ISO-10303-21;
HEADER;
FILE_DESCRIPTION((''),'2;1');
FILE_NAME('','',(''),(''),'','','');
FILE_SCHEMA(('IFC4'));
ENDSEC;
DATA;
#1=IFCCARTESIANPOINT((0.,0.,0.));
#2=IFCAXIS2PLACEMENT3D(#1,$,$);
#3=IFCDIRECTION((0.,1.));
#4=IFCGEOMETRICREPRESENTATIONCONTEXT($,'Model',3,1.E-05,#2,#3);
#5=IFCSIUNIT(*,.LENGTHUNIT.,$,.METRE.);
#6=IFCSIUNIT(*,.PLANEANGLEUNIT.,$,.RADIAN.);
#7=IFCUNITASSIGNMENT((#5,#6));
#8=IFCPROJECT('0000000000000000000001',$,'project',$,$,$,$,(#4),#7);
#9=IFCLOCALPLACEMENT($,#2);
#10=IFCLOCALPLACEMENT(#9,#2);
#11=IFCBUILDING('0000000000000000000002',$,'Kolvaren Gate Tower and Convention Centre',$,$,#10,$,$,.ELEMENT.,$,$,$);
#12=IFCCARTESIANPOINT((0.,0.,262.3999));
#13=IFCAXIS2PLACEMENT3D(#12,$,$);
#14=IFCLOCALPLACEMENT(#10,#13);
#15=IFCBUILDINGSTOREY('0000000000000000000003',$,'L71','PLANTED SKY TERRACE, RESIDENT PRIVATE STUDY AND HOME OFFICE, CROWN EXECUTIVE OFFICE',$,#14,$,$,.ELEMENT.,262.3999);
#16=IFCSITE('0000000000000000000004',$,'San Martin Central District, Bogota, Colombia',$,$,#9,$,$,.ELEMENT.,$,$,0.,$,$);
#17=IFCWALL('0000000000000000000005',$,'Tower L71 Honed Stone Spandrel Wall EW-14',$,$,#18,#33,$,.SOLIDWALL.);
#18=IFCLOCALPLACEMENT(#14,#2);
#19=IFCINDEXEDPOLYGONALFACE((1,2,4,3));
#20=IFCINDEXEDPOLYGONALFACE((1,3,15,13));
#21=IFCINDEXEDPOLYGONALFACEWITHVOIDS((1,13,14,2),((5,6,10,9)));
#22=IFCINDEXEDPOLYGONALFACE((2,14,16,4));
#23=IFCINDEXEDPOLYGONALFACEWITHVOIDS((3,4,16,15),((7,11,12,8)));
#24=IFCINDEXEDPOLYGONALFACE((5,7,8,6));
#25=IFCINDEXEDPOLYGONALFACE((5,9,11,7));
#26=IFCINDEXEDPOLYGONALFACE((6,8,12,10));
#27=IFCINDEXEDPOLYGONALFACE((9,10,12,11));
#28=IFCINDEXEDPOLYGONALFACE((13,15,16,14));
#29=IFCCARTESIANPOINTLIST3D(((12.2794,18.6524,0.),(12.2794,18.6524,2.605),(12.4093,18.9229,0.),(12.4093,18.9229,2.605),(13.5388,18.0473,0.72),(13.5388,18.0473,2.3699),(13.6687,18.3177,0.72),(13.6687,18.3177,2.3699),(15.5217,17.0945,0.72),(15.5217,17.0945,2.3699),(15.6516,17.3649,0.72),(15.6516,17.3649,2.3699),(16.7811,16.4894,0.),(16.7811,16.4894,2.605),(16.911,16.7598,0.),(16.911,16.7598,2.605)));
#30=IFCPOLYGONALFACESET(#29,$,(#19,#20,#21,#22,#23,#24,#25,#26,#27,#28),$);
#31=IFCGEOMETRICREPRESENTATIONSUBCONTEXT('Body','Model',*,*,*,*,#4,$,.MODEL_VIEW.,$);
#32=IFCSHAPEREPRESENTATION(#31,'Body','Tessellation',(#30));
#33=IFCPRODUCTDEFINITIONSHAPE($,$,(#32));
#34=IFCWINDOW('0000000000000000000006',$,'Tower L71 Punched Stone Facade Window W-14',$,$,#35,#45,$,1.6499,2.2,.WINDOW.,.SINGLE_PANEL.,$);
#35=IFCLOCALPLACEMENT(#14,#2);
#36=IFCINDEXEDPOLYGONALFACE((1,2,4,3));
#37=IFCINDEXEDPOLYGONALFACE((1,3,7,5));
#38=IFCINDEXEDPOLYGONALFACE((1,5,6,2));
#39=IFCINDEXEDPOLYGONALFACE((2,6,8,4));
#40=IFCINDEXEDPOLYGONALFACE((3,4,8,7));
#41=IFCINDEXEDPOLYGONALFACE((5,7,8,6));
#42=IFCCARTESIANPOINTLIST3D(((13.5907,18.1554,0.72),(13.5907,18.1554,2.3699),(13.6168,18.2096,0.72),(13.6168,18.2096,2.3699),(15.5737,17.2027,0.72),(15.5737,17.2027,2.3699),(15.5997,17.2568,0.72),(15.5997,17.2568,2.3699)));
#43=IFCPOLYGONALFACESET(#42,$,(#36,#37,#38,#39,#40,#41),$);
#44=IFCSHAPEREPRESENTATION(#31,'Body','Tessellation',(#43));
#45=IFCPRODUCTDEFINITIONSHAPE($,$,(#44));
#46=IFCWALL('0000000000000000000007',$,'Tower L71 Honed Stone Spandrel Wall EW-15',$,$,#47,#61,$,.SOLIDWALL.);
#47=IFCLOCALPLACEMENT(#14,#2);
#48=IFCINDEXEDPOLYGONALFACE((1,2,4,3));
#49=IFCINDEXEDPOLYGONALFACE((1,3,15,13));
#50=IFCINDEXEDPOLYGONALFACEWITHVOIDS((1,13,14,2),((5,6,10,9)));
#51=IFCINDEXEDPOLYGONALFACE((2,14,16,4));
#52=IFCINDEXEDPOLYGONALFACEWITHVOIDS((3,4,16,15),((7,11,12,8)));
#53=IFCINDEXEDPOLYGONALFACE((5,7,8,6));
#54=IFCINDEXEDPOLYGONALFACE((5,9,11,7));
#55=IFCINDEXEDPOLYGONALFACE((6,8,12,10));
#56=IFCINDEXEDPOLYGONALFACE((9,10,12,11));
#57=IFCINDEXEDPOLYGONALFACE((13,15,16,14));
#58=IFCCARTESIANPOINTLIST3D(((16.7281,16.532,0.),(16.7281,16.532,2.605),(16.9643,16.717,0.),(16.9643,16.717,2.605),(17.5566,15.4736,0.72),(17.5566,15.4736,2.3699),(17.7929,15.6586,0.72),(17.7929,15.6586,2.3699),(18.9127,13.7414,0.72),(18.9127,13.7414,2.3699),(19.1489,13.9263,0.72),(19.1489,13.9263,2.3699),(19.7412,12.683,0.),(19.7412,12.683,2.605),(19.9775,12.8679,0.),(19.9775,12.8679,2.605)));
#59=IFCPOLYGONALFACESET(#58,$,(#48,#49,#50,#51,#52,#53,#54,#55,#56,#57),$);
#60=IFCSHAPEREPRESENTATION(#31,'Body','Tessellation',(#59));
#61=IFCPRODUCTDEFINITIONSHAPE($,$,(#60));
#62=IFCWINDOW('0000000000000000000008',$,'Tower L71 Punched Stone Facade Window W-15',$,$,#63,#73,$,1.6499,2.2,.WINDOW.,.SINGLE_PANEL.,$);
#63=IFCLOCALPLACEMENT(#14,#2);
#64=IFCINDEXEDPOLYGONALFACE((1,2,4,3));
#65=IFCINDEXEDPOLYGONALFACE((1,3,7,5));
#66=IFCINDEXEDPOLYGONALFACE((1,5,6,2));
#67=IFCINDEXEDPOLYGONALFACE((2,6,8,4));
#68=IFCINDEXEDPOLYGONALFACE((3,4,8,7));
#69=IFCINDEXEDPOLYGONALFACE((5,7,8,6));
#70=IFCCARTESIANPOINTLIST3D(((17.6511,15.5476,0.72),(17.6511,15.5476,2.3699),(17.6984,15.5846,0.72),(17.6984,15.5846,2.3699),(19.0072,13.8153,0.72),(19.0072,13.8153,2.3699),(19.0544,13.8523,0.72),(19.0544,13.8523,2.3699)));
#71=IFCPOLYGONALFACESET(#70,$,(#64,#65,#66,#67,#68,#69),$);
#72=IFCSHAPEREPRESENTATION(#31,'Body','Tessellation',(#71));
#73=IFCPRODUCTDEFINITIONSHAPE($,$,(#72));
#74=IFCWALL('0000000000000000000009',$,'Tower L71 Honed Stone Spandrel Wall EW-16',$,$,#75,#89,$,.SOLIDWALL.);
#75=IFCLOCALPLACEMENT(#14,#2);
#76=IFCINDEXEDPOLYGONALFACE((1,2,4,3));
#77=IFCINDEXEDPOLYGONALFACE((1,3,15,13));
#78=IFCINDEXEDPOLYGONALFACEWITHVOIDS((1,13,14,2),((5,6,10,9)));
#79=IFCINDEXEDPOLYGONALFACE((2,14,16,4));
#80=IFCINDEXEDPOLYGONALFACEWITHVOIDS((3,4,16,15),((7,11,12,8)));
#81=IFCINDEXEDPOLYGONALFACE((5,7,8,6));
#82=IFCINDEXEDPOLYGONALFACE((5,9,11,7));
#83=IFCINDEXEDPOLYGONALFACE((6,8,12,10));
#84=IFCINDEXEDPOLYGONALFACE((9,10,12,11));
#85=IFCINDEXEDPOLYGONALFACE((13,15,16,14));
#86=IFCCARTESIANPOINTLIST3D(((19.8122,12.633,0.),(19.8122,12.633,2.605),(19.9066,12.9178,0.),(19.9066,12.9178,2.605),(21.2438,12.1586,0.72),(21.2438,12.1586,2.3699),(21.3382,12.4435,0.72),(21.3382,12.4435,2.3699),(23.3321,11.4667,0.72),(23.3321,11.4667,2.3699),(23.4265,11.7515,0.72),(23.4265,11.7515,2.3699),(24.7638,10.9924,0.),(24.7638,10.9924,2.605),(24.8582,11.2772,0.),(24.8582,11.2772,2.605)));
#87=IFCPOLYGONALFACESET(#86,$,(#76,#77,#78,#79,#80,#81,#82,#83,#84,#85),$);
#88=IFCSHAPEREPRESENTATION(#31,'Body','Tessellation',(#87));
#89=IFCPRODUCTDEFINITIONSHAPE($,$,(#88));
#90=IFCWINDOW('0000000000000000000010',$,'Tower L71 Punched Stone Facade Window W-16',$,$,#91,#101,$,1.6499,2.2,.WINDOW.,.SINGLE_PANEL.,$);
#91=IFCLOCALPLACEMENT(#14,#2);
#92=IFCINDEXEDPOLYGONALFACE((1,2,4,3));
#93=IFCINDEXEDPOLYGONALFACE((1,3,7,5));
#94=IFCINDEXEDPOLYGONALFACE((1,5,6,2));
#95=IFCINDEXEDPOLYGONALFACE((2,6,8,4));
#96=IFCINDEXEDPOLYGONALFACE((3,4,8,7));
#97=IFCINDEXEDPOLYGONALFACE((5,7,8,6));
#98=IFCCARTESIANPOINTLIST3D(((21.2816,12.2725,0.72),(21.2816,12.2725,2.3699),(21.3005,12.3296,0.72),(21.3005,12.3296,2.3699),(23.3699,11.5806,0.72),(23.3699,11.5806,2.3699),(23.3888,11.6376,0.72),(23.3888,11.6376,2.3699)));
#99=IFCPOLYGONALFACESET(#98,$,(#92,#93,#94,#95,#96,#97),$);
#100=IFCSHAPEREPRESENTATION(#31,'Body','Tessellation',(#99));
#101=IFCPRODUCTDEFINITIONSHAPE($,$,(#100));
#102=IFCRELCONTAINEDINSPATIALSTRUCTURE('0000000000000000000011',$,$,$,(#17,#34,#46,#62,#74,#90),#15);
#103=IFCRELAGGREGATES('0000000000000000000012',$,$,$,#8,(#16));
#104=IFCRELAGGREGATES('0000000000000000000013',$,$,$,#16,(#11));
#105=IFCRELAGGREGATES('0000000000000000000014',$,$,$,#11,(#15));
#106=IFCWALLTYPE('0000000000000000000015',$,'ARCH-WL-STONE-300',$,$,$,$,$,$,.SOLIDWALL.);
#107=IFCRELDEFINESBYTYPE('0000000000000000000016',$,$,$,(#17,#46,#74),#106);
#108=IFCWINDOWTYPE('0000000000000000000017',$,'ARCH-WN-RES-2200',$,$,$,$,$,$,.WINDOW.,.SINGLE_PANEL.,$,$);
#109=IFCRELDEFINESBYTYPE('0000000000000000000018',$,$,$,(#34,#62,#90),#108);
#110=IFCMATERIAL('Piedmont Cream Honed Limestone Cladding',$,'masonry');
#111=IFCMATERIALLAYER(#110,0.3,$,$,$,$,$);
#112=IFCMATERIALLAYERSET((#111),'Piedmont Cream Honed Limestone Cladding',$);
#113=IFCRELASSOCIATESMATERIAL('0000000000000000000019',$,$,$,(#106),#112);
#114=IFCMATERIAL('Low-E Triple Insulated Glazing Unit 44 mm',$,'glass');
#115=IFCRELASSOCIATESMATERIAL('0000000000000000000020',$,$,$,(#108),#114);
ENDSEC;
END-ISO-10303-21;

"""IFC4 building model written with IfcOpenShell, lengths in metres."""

from ifc_helpers import new_model, si_unit, direction, frame, frame_2d, origin, place, context, subcontext, project, spatial, rectangle, extrude, material, layer, layer_set, type_object, element, fill, save


model = new_model("IFC4")

# Units and contexts
model_context = context("Model", 3, precision=1e-05, world=origin(), true_north=direction((0.0, 1.0)))
body_context = subcontext(model_context, "Body", "Model", "MODEL_VIEW")
ifc_project = project(units=[si_unit("LENGTHUNIT", "METRE"), si_unit("PLANEANGLEUNIT", "RADIAN")], contexts=[model_context])

# Site, building, storey
site_placement = place(None, origin())
site = spatial("IfcSite", under=ifc_project, at=site_placement, Name="San Martin Central District, Bogota, Colombia", CompositionType="ELEMENT", RefElevation=0.0)
building_placement = place(site_placement, origin())
building = spatial("IfcBuilding", under=site, at=building_placement, Name="Kolvaren Gate Tower and Convention Centre", CompositionType="ELEMENT")
storey_placement = place(building_placement, frame((0.0, 0.0, 262.3999)))
storey = spatial("IfcBuildingStorey", under=building, at=storey_placement, Name="L71", Description="PLANTED SKY TERRACE, RESIDENT PRIVATE STUDY AND HOME OFFICE, CROWN EXECUTIVE OFFICE", CompositionType="ELEMENT", Elevation=262.3999)

# Shared definitions
ifc_material_1 = material(Name="Piedmont Cream Honed Limestone Cladding", Category="masonry")

# Walls, openings, windows
ifc_layer_1 = layer(ifc_material_1, 0.3)
ifc_layer_set_1 = layer_set([ifc_layer_1], Name="Piedmont Cream Honed Limestone Cladding")
wall_type_1 = type_object("IfcWallType", Name="ARCH-WL-STONE-300", PredefinedType="SOLIDWALL", material=ifc_layer_set_1)
wall_1_placement = place(storey_placement, frame((12.3445, 18.7876, 0.0), z_axis=(0.0, 0.0, 1.0), x_axis=(0.901346, -0.4331, 0.0)))
wall_1 = element("IfcWall", 1, at=wall_1_placement, inside=storey, type_object=wall_type_1, Name="Tower L71 Honed Stone Spandrel Wall EW-14", PredefinedType="SOLIDWALL", context=body_context, shape_type="SweptSolid", body=[
    extrude(rectangle(XDim=4.9944, YDim=0.3, at=frame_2d((2.4971, 0.0))), origin(), (0.0, 0.0, 1.0), 2.605),
])
opening_1_placement = place(wall_1_placement, frame((1.397, 0.0, 0.72)))
opening_1 = element("IfcOpeningElement", 2, at=opening_1_placement, cuts=wall_1, PredefinedType="OPENING", context=body_context, shape_type="SweptSolid", body=[
    extrude(rectangle(XDim=2.2, YDim=1.6499, at=frame_2d((1.1001, 0.825))), frame((0.0, 0.1599, 0.0), z_axis=(0.0, -1.0, 0.0), x_axis=(1.0, 0.0, 0.0)), (0.0, 0.0, 1.0), 0.3201),
])
ifc_material_2 = material(Name="Low-E Triple Insulated Glazing Unit 44 mm", Category="glass")
window_type = type_object("IfcWindowType", Name="ARCH-WN-RES-2200", PartitioningType="SINGLE_PANEL", PredefinedType="WINDOW", material=ifc_material_2)
window_1_placement = place(opening_1_placement, origin())
window_1 = element("IfcWindow", 3, at=window_1_placement, inside=storey, type_object=window_type, Name="Tower L71 Punched Stone Facade Window W-14", OverallHeight=1.6499, OverallWidth=2.2, PartitioningType="SINGLE_PANEL", PredefinedType="WINDOW", context=body_context, shape_type="SweptSolid", body=[
    extrude(rectangle(XDim=2.2, YDim=1.6499, at=frame_2d((1.1001, 0.825))), frame((0.0, 0.03, 0.0), z_axis=(0.0, -1.0, 0.0), x_axis=(1.0, 0.0, 0.0)), (0.0, 0.0, 1.0), 0.0601),
])
fill(opening_1, window_1)
wall_2_placement = place(storey_placement, frame((16.8462, 16.6245, 0.0), z_axis=(0.0, 0.0, 1.0), x_axis=(0.616413, -0.787423, 0.0)))
wall_2 = element("IfcWall", 4, at=wall_2_placement, inside=storey, type_object=wall_type_1, Name="Tower L71 Honed Stone Spandrel Wall EW-15", PredefinedType="SOLIDWALL", context=body_context, shape_type="SweptSolid", body=[
    extrude(rectangle(XDim=4.8882, YDim=0.3, at=frame_2d((2.4441, 0.0))), origin(), (0.0, 0.0, 1.0), 2.605),
])
opening_2_placement = place(wall_2_placement, frame((1.344, 0.0, 0.72)))
opening_2 = element("IfcOpeningElement", 5, at=opening_2_placement, cuts=wall_2, PredefinedType="OPENING", context=body_context, shape_type="SweptSolid", body=[
    extrude(rectangle(XDim=2.2, YDim=1.6499, at=frame_2d((1.1001, 0.825))), frame((0.0, 0.1599, 0.0), z_axis=(0.0, -1.0, 0.0), x_axis=(1.0, 0.0, 0.0)), (0.0, 0.0, 1.0), 0.3201),
])
window_2_placement = place(opening_2_placement, origin())
window_2 = element("IfcWindow", 6, at=window_2_placement, inside=storey, type_object=window_type, Name="Tower L71 Punched Stone Facade Window W-15", OverallHeight=1.6499, OverallWidth=2.2, PartitioningType="SINGLE_PANEL", PredefinedType="WINDOW", context=body_context, shape_type="SweptSolid", body=[
    extrude(rectangle(XDim=2.2, YDim=1.6499, at=frame_2d((1.1001, 0.825))), frame((0.0, 0.03, 0.0), z_axis=(0.0, -1.0, 0.0), x_axis=(1.0, 0.0, 0.0)), (0.0, 0.0, 1.0), 0.0601),
])
fill(opening_2, window_2)
wall_3_placement = place(storey_placement, frame((19.8594, 12.7754, 0.0), z_axis=(0.0, 0.0, 1.0), x_axis=(0.949253, -0.314514, 0.0)))
wall_3 = element("IfcWall", 7, at=wall_3_placement, inside=storey, type_object=wall_type_1, Name="Tower L71 Honed Stone Spandrel Wall EW-16", PredefinedType="SOLIDWALL", context=body_context, shape_type="SweptSolid", body=[
    extrude(rectangle(XDim=5.2163, YDim=0.3, at=frame_2d((2.6082, 0.0))), origin(), (0.0, 0.0, 1.0), 2.605),
])
opening_3_placement = place(wall_3_placement, frame((1.5081, 0.0, 0.72)))
opening_3 = element("IfcOpeningElement", 8, at=opening_3_placement, cuts=wall_3, PredefinedType="OPENING", context=body_context, shape_type="SweptSolid", body=[
    extrude(rectangle(XDim=2.2, YDim=1.6499, at=frame_2d((1.1001, 0.825))), frame((0.0, 0.1599, 0.0), z_axis=(0.0, -1.0, 0.0), x_axis=(1.0, 0.0, 0.0)), (0.0, 0.0, 1.0), 0.3201),
])
window_3_placement = place(opening_3_placement, origin())
window_3 = element("IfcWindow", 9, at=window_3_placement, inside=storey, type_object=window_type, Name="Tower L71 Punched Stone Facade Window W-16", OverallHeight=1.6499, OverallWidth=2.2, PartitioningType="SINGLE_PANEL", PredefinedType="WINDOW", context=body_context, shape_type="SweptSolid", body=[
    extrude(rectangle(XDim=2.2, YDim=1.6499, at=frame_2d((1.1001, 0.825))), frame((0.0, 0.03, 0.0), z_axis=(0.0, -1.0, 0.0), x_axis=(1.0, 0.0, 0.0)), (0.0, 0.0, 1.0), 0.0601),
])
fill(opening_3, window_3)

save(model, "model.ifc")
